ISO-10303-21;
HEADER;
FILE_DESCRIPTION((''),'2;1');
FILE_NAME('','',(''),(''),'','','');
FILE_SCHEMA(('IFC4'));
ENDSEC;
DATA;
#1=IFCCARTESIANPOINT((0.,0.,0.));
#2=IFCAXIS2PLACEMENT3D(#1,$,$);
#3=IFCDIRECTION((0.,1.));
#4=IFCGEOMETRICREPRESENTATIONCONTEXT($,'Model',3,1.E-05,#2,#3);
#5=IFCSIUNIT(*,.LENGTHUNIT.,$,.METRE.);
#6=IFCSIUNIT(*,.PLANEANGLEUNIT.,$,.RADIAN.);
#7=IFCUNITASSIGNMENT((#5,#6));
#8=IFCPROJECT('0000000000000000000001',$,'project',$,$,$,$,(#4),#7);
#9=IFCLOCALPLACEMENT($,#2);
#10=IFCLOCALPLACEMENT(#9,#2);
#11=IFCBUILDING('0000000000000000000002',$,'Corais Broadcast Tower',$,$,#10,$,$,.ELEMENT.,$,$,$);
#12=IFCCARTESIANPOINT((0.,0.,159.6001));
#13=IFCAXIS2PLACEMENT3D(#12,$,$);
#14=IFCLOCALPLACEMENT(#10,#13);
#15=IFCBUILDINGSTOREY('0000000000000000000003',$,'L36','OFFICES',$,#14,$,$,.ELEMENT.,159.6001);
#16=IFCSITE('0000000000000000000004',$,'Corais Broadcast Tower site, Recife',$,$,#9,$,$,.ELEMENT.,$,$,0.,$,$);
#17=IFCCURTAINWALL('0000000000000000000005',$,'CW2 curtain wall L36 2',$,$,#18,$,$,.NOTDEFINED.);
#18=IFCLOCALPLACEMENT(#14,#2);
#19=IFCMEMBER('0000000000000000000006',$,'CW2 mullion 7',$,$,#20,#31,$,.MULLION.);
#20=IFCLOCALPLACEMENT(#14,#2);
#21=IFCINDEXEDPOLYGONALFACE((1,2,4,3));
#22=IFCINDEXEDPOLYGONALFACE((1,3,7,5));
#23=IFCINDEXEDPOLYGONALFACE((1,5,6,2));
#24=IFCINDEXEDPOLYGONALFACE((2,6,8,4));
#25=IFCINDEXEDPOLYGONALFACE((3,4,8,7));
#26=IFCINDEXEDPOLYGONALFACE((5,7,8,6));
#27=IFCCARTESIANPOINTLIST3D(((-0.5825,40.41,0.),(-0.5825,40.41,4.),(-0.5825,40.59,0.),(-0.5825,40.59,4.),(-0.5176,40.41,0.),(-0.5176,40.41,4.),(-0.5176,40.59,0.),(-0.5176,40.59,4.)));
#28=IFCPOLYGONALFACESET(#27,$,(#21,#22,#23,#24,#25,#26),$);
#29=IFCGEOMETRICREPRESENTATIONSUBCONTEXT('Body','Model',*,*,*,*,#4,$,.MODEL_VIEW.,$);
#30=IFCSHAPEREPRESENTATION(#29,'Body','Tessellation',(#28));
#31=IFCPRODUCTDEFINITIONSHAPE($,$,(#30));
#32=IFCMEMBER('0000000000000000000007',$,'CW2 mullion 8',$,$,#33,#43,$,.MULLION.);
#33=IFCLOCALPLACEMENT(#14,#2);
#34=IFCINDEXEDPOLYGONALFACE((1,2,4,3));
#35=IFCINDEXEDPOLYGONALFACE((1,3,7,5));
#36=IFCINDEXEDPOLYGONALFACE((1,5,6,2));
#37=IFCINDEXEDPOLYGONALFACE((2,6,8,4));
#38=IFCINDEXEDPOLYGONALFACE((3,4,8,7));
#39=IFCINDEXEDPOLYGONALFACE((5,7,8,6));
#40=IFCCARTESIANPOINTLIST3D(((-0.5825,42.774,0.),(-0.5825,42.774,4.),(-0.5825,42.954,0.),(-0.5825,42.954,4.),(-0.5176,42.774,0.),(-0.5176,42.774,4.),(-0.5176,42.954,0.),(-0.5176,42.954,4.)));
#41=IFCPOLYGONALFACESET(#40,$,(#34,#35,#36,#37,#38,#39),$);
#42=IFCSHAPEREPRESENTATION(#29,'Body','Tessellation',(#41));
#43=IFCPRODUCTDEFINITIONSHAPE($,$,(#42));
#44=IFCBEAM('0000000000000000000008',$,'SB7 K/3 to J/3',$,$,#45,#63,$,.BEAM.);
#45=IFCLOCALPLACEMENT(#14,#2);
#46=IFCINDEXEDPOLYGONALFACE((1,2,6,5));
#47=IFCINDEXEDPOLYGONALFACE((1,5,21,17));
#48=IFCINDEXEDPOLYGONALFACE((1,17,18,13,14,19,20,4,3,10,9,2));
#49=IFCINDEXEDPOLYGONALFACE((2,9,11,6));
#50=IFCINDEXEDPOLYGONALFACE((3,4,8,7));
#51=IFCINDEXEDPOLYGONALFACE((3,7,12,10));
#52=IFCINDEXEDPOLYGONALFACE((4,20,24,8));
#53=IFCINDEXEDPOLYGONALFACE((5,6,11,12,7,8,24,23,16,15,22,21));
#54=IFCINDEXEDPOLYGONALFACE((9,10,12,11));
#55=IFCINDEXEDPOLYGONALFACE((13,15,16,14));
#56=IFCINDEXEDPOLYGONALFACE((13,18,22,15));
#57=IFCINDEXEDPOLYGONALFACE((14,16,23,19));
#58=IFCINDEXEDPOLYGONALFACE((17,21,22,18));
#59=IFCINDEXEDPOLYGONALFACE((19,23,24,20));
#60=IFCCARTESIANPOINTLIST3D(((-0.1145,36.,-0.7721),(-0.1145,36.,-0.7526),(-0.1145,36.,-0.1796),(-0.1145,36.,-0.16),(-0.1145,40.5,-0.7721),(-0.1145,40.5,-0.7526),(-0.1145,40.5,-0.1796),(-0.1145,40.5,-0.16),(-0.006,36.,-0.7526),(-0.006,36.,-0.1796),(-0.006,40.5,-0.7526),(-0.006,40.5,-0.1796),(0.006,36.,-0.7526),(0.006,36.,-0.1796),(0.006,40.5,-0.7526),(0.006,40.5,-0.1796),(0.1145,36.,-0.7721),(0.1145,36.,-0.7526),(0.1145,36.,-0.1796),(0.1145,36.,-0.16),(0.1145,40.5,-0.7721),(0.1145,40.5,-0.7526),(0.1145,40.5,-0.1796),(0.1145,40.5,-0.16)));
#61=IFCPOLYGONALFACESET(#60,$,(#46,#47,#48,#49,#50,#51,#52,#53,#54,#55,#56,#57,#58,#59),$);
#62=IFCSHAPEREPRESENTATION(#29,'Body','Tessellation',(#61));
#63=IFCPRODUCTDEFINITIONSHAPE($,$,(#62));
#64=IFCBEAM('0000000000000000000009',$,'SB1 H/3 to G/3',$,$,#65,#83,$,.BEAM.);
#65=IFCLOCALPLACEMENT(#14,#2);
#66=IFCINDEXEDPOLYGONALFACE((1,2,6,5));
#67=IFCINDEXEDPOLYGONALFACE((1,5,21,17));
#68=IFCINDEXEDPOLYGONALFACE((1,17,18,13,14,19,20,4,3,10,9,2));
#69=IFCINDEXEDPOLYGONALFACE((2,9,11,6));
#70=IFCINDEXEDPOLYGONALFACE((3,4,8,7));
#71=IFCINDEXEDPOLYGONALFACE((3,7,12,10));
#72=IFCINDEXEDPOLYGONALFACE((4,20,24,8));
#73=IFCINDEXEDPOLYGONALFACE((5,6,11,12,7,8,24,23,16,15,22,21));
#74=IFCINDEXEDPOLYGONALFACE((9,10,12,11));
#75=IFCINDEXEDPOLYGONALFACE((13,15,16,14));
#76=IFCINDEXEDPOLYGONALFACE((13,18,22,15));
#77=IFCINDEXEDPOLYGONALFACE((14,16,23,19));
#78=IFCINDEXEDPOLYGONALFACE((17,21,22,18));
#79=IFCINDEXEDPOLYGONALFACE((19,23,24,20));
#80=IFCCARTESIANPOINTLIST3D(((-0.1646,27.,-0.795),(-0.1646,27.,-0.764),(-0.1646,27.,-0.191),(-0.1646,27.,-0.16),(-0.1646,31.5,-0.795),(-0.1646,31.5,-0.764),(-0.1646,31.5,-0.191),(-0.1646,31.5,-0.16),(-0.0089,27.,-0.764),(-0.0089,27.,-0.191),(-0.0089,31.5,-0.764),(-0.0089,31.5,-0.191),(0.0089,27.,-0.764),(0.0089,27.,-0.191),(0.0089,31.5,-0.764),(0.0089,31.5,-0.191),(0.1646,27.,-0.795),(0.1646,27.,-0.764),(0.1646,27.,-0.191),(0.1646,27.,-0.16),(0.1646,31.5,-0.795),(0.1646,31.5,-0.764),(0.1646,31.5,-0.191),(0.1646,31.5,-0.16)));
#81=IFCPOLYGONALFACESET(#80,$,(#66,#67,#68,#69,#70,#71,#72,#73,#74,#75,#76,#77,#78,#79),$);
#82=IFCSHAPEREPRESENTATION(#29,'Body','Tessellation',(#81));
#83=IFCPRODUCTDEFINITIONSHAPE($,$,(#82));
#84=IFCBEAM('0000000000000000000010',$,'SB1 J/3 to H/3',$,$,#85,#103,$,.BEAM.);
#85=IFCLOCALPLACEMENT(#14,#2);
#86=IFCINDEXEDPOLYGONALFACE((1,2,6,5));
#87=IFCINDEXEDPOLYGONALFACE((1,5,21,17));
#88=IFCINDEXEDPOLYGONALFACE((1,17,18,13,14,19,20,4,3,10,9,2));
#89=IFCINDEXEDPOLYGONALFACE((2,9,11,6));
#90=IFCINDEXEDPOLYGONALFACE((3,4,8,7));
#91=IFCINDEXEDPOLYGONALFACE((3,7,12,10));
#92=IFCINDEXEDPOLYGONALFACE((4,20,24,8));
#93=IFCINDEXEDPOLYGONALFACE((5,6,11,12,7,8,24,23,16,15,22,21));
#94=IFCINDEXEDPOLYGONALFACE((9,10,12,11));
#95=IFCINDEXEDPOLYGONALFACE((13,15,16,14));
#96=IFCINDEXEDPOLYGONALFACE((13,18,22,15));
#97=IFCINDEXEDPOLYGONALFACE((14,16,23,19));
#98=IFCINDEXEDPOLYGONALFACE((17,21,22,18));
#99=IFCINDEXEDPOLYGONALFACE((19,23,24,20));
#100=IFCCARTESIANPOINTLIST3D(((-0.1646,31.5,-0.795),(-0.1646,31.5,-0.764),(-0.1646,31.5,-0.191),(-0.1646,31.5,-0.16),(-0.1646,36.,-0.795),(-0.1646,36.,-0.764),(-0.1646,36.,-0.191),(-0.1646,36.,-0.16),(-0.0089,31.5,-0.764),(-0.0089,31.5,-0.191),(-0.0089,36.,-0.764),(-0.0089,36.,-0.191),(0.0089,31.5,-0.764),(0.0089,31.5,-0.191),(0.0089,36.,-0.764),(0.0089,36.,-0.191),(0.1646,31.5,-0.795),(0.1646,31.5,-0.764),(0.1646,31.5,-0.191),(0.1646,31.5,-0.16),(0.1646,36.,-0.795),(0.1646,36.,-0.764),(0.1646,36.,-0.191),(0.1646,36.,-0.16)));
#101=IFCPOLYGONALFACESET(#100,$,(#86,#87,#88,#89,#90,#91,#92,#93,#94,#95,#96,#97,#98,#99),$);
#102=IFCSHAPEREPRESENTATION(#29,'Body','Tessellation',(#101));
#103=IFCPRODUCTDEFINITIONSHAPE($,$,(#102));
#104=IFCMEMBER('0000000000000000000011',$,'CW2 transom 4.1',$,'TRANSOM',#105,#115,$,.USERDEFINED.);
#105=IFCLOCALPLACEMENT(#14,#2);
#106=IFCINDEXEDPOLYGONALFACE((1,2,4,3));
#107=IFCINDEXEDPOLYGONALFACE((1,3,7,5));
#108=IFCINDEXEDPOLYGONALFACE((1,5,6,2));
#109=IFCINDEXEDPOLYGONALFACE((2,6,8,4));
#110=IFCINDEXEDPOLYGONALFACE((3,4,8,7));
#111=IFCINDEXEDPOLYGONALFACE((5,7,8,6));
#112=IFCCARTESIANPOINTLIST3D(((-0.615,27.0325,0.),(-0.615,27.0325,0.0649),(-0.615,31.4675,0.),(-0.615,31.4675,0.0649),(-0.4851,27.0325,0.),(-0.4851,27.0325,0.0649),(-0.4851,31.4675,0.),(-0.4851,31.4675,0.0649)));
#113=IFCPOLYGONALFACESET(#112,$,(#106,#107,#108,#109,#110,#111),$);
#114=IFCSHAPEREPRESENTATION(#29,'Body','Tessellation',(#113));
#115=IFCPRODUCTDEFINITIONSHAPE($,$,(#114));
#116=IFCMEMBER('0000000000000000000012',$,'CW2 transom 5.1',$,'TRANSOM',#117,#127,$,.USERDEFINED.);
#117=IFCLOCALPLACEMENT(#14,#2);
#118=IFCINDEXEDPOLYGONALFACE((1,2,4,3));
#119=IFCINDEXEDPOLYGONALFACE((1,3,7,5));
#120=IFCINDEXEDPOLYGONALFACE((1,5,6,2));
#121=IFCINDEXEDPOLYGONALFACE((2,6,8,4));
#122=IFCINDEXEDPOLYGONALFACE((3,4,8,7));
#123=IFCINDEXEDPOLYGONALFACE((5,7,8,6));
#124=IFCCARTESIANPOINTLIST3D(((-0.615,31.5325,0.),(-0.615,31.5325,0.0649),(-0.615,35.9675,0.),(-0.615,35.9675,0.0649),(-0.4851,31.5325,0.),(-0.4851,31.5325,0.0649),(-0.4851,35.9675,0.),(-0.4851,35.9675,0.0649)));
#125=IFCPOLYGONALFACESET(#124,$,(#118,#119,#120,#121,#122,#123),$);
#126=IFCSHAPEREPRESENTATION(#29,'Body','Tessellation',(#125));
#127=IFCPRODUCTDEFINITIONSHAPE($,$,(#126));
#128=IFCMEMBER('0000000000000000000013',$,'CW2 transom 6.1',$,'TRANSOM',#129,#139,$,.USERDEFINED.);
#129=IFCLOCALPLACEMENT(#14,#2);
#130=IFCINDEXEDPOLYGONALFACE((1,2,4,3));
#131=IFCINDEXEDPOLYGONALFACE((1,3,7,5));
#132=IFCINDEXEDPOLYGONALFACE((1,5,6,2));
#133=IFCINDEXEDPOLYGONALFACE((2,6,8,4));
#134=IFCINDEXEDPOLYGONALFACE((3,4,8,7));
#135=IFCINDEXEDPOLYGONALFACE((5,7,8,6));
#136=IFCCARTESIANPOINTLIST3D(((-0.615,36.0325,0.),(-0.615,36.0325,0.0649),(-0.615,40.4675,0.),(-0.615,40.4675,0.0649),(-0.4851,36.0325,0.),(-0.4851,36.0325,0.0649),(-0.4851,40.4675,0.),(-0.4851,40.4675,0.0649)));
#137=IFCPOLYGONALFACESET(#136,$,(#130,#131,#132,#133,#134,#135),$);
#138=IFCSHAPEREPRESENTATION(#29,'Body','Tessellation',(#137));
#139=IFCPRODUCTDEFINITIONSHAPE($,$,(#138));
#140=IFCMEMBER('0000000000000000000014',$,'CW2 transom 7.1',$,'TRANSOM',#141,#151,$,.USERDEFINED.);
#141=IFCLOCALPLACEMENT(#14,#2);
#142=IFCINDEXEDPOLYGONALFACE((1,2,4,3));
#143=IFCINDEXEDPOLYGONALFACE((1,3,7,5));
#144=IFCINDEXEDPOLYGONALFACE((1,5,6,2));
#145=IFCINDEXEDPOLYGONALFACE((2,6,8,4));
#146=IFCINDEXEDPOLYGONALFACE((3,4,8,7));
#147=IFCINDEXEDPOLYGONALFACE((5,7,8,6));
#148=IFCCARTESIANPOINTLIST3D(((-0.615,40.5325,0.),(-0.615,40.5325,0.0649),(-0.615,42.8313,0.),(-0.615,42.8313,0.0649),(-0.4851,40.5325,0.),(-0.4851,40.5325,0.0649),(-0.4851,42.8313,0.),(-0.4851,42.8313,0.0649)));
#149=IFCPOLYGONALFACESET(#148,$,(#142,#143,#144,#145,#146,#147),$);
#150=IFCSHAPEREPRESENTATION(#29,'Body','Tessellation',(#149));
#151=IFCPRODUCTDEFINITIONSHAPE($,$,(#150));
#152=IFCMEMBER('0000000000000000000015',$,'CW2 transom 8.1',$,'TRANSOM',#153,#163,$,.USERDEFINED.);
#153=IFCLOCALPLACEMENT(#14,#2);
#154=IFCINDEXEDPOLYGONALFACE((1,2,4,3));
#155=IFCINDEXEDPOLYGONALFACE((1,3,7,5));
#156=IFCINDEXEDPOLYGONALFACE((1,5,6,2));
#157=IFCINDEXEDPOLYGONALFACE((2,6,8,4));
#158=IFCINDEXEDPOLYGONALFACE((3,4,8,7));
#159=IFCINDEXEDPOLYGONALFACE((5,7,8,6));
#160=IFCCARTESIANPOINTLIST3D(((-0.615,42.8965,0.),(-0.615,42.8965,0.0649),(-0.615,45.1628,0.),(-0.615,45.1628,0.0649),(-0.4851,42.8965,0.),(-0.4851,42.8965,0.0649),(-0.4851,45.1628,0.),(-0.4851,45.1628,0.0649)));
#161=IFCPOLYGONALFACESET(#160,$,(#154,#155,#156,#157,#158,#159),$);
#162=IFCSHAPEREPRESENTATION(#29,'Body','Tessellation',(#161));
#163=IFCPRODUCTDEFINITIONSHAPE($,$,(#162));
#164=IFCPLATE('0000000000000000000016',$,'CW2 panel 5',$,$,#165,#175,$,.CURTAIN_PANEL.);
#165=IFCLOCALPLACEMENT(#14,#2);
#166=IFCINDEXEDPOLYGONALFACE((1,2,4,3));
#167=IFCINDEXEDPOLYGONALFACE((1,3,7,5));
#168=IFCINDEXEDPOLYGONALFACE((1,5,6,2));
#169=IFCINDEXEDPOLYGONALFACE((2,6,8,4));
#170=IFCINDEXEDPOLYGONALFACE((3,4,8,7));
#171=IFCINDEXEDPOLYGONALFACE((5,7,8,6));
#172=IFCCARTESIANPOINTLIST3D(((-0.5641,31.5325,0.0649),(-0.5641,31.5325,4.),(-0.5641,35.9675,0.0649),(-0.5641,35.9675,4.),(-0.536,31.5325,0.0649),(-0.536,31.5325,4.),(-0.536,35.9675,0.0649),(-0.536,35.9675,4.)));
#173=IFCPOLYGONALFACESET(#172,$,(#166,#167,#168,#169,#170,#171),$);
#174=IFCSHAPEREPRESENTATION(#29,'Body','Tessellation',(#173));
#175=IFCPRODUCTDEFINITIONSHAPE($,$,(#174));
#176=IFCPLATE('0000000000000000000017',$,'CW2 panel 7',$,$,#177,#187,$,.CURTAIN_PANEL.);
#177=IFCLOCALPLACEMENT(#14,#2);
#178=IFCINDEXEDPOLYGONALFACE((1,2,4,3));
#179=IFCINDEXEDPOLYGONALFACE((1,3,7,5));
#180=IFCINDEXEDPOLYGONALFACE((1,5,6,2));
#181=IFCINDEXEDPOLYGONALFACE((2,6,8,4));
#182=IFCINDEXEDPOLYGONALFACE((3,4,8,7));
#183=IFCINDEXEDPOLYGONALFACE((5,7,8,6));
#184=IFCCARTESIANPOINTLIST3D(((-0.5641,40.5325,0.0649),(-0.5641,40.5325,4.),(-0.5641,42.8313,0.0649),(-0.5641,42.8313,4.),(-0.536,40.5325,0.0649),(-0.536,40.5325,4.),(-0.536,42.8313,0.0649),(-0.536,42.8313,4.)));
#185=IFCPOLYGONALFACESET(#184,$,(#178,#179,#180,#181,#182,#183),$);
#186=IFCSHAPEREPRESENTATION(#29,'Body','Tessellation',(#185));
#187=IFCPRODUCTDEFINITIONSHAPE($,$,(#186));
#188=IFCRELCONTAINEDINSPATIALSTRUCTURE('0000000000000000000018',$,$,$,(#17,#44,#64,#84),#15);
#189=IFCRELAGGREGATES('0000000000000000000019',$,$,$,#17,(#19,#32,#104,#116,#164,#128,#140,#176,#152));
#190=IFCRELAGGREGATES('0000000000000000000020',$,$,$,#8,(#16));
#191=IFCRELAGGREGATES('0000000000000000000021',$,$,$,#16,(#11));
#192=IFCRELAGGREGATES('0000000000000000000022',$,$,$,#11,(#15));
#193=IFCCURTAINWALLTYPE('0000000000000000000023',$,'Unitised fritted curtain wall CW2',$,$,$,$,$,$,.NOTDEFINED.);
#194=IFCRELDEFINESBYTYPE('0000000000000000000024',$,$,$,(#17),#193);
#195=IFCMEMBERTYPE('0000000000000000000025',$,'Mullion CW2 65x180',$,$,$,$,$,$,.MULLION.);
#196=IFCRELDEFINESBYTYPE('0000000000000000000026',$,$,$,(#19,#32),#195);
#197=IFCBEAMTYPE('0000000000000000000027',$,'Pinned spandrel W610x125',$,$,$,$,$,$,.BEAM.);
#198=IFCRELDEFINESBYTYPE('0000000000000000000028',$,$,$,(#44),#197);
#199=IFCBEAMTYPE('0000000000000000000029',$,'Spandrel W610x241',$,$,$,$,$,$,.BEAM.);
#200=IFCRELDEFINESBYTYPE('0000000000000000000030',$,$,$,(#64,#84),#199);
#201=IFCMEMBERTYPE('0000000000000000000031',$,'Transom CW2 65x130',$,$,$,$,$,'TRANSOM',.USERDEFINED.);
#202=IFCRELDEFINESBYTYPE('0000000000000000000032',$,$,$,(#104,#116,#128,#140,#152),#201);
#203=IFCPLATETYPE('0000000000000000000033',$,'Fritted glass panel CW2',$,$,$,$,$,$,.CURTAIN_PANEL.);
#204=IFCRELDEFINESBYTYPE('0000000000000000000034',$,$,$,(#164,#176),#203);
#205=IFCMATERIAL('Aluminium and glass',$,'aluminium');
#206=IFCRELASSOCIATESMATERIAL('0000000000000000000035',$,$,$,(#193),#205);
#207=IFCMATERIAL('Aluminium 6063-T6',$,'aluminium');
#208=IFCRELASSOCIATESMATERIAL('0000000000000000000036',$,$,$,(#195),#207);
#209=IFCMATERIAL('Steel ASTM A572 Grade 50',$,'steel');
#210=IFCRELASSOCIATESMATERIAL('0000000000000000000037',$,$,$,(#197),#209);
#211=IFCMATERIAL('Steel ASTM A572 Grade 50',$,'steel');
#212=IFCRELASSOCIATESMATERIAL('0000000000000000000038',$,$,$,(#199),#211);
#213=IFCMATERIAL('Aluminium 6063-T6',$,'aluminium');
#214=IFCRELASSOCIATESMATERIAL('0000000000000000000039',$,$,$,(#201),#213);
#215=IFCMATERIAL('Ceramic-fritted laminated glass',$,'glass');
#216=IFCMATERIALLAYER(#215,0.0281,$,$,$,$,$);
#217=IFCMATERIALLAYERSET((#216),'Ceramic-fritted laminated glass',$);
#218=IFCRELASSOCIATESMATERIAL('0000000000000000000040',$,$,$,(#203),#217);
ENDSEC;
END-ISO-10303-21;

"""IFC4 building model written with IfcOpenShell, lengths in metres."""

from ifc_helpers import new_model, si_unit, direction, frame, origin, origin_2d, place, context, subcontext, project, spatial, rectangle, i_section, extrude, material, layer, layer_set, material_profile, profile_set, type_object, element, aggregate, save


model = new_model("IFC4")

# Units and contexts
model_context = context("Model", 3, precision=1e-05, world=origin(), true_north=direction((0.0, 1.0)))
body_context = subcontext(model_context, "Body", "Model", "MODEL_VIEW")
ifc_project = project(units=[si_unit("LENGTHUNIT", "METRE"), si_unit("PLANEANGLEUNIT", "RADIAN")], contexts=[model_context])

# Site, building, storey
site_placement = place(None, origin())
site = spatial("IfcSite", under=ifc_project, at=site_placement, Name="Corais Broadcast Tower site, Recife", CompositionType="ELEMENT", RefElevation=0.0)
building_placement = place(site_placement, origin())
building = spatial("IfcBuilding", under=site, at=building_placement, Name="Corais Broadcast Tower", CompositionType="ELEMENT")
storey_placement = place(building_placement, frame((0.0, 0.0, 159.6001)))
storey = spatial("IfcBuildingStorey", under=building, at=storey_placement, Name="L36", Description="OFFICES", CompositionType="ELEMENT", Elevation=159.6001)

# Curtain wall, members
ifc_material_1 = material(Name="Aluminium and glass", Category="aluminium")
curtain_wall_type = type_object("IfcCurtainWallType", Name="Unitised fritted curtain wall CW2", PredefinedType="NOTDEFINED", material=ifc_material_1)
curtain_wall_placement = place(storey_placement, origin())
curtain_wall = element("IfcCurtainWall", 1, at=curtain_wall_placement, inside=storey, type_object=curtain_wall_type, Name="CW2 curtain wall L36 2", PredefinedType="NOTDEFINED")
ifc_material_2 = material(Name="Aluminium 6063-T6", Category="aluminium")
ifc_material_profile_1 = material_profile(ifc_material_2, rectangle(XDim=0.0649, YDim=0.1799, at=origin_2d()), Name="Mullion CW2 65x180")
ifc_profile_set_1 = profile_set([ifc_material_profile_1], Name="Aluminium 6063-T6")
member_type_1 = type_object("IfcMemberType", Name="Mullion CW2 65x180", PredefinedType="MULLION", material=ifc_profile_set_1)
member_1_placement = place(storey_placement, frame((-0.55, 40.5, 0.0), z_axis=(0.0, 0.0, 1.0), x_axis=(-1.0, 0.0, 0.0)))
member_1 = element("IfcMember", 2, at=member_1_placement, type_object=member_type_1, Name="CW2 mullion 7", PredefinedType="MULLION", context=body_context, shape_type="SweptSolid", body=[
    extrude(rectangle(XDim=0.0649, YDim=0.1799, at=origin_2d()), origin(), (0.0, 0.0, 1.0), 4.0),
])
member_2_placement = place(storey_placement, frame((-0.55, 42.864, 0.0), z_axis=(0.0, 0.0, 1.0), x_axis=(-1.0, 0.0, 0.0)))
member_2 = element("IfcMember", 3, at=member_2_placement, type_object=member_type_1, Name="CW2 mullion 8", PredefinedType="MULLION", context=body_context, shape_type="SweptSolid", body=[
    extrude(rectangle(XDim=0.0649, YDim=0.1799, at=origin_2d()), origin(), (0.0, 0.0, 1.0), 4.0),
])

# Beams
ifc_material_3 = material(Name="Steel ASTM A572 Grade 50", Category="steel")
ifc_material_profile_2 = material_profile(ifc_material_3, i_section(OverallWidth=0.229, OverallDepth=0.6121, WebThickness=0.012, FlangeThickness=0.0195, at=origin_2d()), Name="W610x125")
ifc_profile_set_2 = profile_set([ifc_material_profile_2], Name="Steel ASTM A572 Grade 50")
beam_type_1 = type_object("IfcBeamType", Name="Pinned spandrel W610x125", PredefinedType="BEAM", material=ifc_profile_set_2)
beam_1_placement = place(storey_placement, frame((0.0, 40.5, -0.4661), z_axis=(0.0, -1.0, 0.0), x_axis=(1.0, 0.0, 0.0)))
element("IfcBeam", 4, at=beam_1_placement, inside=storey, type_object=beam_type_1, Name="SB7 K/3 to J/3", PredefinedType="BEAM", context=body_context, shape_type="SweptSolid", body=[
    extrude(i_section(OverallWidth=0.229, OverallDepth=0.6121, WebThickness=0.012, FlangeThickness=0.0195, at=origin_2d()), origin(), (0.0, 0.0, 1.0), 4.5),
])
ifc_material_4 = material(Name="Steel ASTM A572 Grade 50", Category="steel")
ifc_material_profile_3 = material_profile(ifc_material_4, i_section(OverallWidth=0.3291, OverallDepth=0.635, WebThickness=0.0178, FlangeThickness=0.031, at=origin_2d()), Name="W610x241")
ifc_profile_set_3 = profile_set([ifc_material_profile_3], Name="Steel ASTM A572 Grade 50")
beam_type_2 = type_object("IfcBeamType", Name="Spandrel W610x241", PredefinedType="BEAM", material=ifc_profile_set_3)
for number, where, z_axis, x_axis, name in (
    (5, (0.0, 31.5, -0.4775), (0.0, -1.0, 0.0), (1.0, 0.0, 0.0), "SB1 H/3 to G/3"),
    (6, (0.0, 36.0, -0.4775), (0.0, -1.0, 0.0), (1.0, 0.0, 0.0), "SB1 J/3 to H/3"),
):
    element("IfcBeam", number, at=place(storey_placement, frame(where, z_axis=z_axis, x_axis=x_axis)), inside=storey, type_object=beam_type_2, Name=name, PredefinedType="BEAM", context=body_context, shape_type="SweptSolid", body=[
        extrude(i_section(OverallWidth=0.3291, OverallDepth=0.635, WebThickness=0.0178, FlangeThickness=0.031, at=origin_2d()), origin(), (0.0, 0.0, 1.0), 4.5),
    ])

# Members
ifc_material_5 = material(Name="Aluminium 6063-T6", Category="aluminium")
ifc_material_profile_4 = material_profile(ifc_material_5, rectangle(XDim=0.1299, YDim=0.0649, at=origin_2d()), Name="Transom CW2 65x130")
ifc_profile_set_4 = profile_set([ifc_material_profile_4], Name="Aluminium 6063-T6")
member_type_2 = type_object("IfcMemberType", Name="Transom CW2 65x130", ElementType="TRANSOM", PredefinedType="USERDEFINED", material=ifc_profile_set_4)
member_3_placement = place(storey_placement, frame((-0.55, 27.0325, 0.0325), z_axis=(0.0, 1.0, 0.0), x_axis=(-1.0, 0.0, 0.0)))
member_3 = element("IfcMember", 7, at=member_3_placement, type_object=member_type_2, Name="CW2 transom 4.1", ObjectType="TRANSOM", PredefinedType="USERDEFINED", context=body_context, shape_type="SweptSolid", body=[
    extrude(rectangle(XDim=0.1299, YDim=0.0649, at=origin_2d()), origin(), (0.0, 0.0, 1.0), 4.4351),
])
member_4_placement = place(storey_placement, frame((-0.55, 31.5325, 0.0325), z_axis=(0.0, 1.0, 0.0), x_axis=(-1.0, 0.0, 0.0)))
member_4 = element("IfcMember", 8, at=member_4_placement, type_object=member_type_2, Name="CW2 transom 5.1", ObjectType="TRANSOM", PredefinedType="USERDEFINED", context=body_context, shape_type="SweptSolid", body=[
    extrude(rectangle(XDim=0.1299, YDim=0.0649, at=origin_2d()), origin(), (0.0, 0.0, 1.0), 4.4351),
])
member_5_placement = place(storey_placement, frame((-0.55, 36.0325, 0.0325), z_axis=(0.0, 1.0, 0.0), x_axis=(-1.0, 0.0, 0.0)))
member_5 = element("IfcMember", 9, at=member_5_placement, type_object=member_type_2, Name="CW2 transom 6.1", ObjectType="TRANSOM", PredefinedType="USERDEFINED", context=body_context, shape_type="SweptSolid", body=[
    extrude(rectangle(XDim=0.1299, YDim=0.0649, at=origin_2d()), origin(), (0.0, 0.0, 1.0), 4.4351),
])
member_6_placement = place(storey_placement, frame((-0.55, 40.5325, 0.0325), z_axis=(0.0, 1.0, 0.0), x_axis=(-1.0, 0.0, 0.0)))
member_6 = element("IfcMember", 10, at=member_6_placement, type_object=member_type_2, Name="CW2 transom 7.1", ObjectType="TRANSOM", PredefinedType="USERDEFINED", context=body_context, shape_type="SweptSolid", body=[
    extrude(rectangle(XDim=0.1299, YDim=0.0649, at=origin_2d()), origin(), (0.0, 0.0, 1.0), 2.2988),
])
member_7_placement = place(storey_placement, frame((-0.55, 42.8965, 0.0325), z_axis=(0.0, 1.0, 0.0), x_axis=(-1.0, 0.0, 0.0)))
member_7 = element("IfcMember", 11, at=member_7_placement, type_object=member_type_2, Name="CW2 transom 8.1", ObjectType="TRANSOM", PredefinedType="USERDEFINED", context=body_context, shape_type="SweptSolid", body=[
    extrude(rectangle(XDim=0.1299, YDim=0.0649, at=origin_2d()), origin(), (0.0, 0.0, 1.0), 2.2664),
])

# Plates
ifc_material_6 = material(Name="Ceramic-fritted laminated glass", Category="glass")
ifc_layer_1 = layer(ifc_material_6, 0.0281)
ifc_layer_set_1 = layer_set([ifc_layer_1], Name="Ceramic-fritted laminated glass")
plate_type_1 = type_object("IfcPlateType", Name="Fritted glass panel CW2", PredefinedType="CURTAIN_PANEL", material=ifc_layer_set_1)
plate_1_placement = place(storey_placement, frame((-0.55, 33.75, 0.0649), z_axis=(0.0, 0.0, 1.0), x_axis=(0.0, 1.0, 0.0)))
plate_1 = element("IfcPlate", 12, at=plate_1_placement, type_object=plate_type_1, Name="CW2 panel 5", PredefinedType="CURTAIN_PANEL", context=body_context, shape_type="SweptSolid", body=[
    extrude(rectangle(XDim=4.4351, YDim=0.0281, at=origin_2d()), origin(), (0.0, 0.0, 1.0), 3.9351),
])
plate_2_placement = place(storey_placement, frame((-0.55, 41.6819, 0.0649), z_axis=(0.0, 0.0, 1.0), x_axis=(0.0, 1.0, 0.0)))
plate_2 = element("IfcPlate", 13, at=plate_2_placement, type_object=plate_type_1, Name="CW2 panel 7", PredefinedType="CURTAIN_PANEL", context=body_context, shape_type="SweptSolid", body=[
    extrude(rectangle(XDim=2.2988, YDim=0.0281, at=origin_2d()), origin(), (0.0, 0.0, 1.0), 3.9351),
])
aggregate(curtain_wall, [member_1, member_2, member_3, member_4, plate_1, member_5, member_6, plate_2, member_7])

save(model, "model.ifc")
